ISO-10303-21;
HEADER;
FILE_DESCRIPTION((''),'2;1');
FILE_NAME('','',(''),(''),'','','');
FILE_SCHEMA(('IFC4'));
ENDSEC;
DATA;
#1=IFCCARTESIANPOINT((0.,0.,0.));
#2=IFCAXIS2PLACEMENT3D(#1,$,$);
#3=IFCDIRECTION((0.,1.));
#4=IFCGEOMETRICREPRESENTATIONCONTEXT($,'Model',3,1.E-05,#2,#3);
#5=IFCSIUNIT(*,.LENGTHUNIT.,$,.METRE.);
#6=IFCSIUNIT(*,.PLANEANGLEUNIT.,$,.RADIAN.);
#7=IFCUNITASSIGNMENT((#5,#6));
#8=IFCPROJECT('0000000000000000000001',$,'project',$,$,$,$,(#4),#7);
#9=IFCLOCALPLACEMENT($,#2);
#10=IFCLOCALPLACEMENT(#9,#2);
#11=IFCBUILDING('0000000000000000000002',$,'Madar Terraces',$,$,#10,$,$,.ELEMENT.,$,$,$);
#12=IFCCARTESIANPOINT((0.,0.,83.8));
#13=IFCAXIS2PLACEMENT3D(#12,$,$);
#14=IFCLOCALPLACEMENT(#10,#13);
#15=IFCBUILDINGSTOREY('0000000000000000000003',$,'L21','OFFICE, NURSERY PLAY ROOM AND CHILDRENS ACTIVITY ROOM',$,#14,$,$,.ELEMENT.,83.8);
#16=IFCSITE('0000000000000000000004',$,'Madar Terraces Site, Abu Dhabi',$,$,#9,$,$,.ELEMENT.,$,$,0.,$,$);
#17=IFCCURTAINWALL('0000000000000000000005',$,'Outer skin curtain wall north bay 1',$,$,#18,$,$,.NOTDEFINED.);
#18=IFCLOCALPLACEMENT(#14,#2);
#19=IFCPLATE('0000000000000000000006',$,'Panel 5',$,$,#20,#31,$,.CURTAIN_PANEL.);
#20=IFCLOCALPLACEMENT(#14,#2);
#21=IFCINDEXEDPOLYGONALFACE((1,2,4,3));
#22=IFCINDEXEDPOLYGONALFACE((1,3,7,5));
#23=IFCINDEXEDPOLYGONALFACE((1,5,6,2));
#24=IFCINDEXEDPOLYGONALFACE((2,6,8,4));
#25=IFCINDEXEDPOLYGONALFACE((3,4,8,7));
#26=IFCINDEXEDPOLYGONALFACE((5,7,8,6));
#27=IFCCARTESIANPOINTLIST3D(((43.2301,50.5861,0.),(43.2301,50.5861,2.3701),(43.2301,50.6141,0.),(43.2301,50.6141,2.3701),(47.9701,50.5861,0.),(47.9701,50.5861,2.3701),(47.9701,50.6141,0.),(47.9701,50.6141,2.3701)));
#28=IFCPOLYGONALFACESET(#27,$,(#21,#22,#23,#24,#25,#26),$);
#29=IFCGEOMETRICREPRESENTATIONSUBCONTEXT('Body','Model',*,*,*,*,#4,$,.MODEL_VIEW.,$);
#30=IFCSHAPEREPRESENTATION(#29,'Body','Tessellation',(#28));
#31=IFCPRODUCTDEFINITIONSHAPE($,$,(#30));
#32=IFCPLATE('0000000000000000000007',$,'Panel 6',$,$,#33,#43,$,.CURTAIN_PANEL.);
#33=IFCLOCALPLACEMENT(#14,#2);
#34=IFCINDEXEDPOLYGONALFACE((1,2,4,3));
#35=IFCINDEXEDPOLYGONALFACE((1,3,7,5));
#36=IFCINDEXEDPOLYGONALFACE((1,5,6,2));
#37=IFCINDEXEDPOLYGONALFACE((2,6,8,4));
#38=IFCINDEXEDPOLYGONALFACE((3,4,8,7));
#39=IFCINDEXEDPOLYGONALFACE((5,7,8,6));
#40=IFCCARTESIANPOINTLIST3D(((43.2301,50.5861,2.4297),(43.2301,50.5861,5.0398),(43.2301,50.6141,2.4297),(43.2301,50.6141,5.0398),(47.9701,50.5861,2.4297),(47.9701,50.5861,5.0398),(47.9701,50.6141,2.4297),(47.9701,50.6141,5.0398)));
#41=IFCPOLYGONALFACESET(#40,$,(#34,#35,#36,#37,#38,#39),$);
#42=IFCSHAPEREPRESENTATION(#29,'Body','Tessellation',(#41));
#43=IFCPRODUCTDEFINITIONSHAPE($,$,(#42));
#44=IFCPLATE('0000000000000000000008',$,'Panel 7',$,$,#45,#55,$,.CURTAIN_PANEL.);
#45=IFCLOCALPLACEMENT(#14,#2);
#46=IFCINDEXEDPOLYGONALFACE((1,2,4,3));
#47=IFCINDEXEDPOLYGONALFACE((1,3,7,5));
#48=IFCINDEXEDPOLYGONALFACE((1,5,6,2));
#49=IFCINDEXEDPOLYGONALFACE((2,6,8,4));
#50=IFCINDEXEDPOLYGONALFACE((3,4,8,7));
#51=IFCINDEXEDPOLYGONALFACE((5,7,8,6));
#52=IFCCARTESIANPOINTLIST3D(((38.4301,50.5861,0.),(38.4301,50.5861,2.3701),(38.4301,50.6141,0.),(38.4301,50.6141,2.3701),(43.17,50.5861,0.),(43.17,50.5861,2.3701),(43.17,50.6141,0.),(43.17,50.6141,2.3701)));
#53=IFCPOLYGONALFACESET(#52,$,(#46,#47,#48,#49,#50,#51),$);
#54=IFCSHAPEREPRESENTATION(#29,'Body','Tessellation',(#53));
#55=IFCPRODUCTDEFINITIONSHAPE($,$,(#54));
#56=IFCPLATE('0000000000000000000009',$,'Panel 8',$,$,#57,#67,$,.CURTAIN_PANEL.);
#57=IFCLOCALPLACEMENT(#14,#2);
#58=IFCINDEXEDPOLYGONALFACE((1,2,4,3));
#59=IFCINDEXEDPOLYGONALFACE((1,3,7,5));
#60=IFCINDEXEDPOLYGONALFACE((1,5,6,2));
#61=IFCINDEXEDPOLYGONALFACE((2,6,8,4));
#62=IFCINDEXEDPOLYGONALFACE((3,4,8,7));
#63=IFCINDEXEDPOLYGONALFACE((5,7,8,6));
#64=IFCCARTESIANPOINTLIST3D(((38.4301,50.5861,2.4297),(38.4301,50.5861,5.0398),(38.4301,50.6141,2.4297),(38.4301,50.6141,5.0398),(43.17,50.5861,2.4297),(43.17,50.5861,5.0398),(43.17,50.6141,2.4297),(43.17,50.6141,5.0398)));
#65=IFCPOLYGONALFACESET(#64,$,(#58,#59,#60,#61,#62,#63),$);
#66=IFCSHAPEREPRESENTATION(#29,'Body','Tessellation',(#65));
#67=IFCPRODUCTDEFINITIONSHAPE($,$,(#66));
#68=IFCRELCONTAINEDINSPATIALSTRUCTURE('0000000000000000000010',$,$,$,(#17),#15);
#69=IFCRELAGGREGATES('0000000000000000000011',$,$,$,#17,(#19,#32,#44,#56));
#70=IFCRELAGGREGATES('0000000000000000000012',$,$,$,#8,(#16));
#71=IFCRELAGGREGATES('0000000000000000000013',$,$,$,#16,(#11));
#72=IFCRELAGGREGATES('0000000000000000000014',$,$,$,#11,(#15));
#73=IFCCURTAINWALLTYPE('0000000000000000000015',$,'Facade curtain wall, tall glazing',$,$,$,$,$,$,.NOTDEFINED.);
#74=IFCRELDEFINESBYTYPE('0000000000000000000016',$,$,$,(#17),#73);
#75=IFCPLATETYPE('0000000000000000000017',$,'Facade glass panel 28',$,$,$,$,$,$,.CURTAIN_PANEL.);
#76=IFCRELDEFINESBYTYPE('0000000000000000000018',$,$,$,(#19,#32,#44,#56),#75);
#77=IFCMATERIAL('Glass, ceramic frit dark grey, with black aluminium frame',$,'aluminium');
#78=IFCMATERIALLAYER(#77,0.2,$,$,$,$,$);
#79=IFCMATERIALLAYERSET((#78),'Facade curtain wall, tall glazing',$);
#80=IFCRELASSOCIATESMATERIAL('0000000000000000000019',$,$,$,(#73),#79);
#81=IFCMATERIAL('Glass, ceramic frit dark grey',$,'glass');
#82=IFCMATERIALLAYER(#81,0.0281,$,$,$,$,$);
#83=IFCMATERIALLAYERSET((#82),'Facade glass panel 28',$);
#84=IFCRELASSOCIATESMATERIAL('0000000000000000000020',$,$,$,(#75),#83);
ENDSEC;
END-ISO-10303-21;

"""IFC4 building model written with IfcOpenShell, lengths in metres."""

from ifc_helpers import new_model, si_unit, direction, frame, origin, origin_2d, place, context, subcontext, project, spatial, rectangle, extrude, material, layer, layer_set, type_object, element, aggregate, save


model = new_model("IFC4")

# Units and contexts
model_context = context("Model", 3, precision=1e-05, world=origin(), true_north=direction((0.0, 1.0)))
body_context = subcontext(model_context, "Body", "Model", "MODEL_VIEW")
ifc_project = project(units=[si_unit("LENGTHUNIT", "METRE"), si_unit("PLANEANGLEUNIT", "RADIAN")], contexts=[model_context])

# Site, building, storey
site_placement = place(None, origin())
site = spatial("IfcSite", under=ifc_project, at=site_placement, Name="Madar Terraces Site, Abu Dhabi", CompositionType="ELEMENT", RefElevation=0.0)
building_placement = place(site_placement, origin())
building = spatial("IfcBuilding", under=site, at=building_placement, Name="Madar Terraces", CompositionType="ELEMENT")
storey_placement = place(building_placement, frame((0.0, 0.0, 83.8)))
storey = spatial("IfcBuildingStorey", under=building, at=storey_placement, Name="L21", Description="OFFICE, NURSERY PLAY ROOM AND CHILDRENS ACTIVITY ROOM", CompositionType="ELEMENT", Elevation=83.8)

# Curtain wall
ifc_material_1 = material(Name="Glass, ceramic frit dark grey, with black aluminium frame", Category="aluminium")
ifc_layer_1 = layer(ifc_material_1, 0.2)
ifc_layer_set_1 = layer_set([ifc_layer_1], Name="Facade curtain wall, tall glazing")
curtain_wall_type = type_object("IfcCurtainWallType", Name="Facade curtain wall, tall glazing", PredefinedType="NOTDEFINED", material=ifc_layer_set_1)
curtain_wall_placement = place(storey_placement, origin())
curtain_wall = element("IfcCurtainWall", 1, at=curtain_wall_placement, inside=storey, type_object=curtain_wall_type, Name="Outer skin curtain wall north bay 1", PredefinedType="NOTDEFINED")

# Plates
ifc_material_2 = material(Name="Glass, ceramic frit dark grey", Category="glass")
ifc_layer_2 = layer(ifc_material_2, 0.0281)
ifc_layer_set_2 = layer_set([ifc_layer_2], Name="Facade glass panel 28")
plate_type = type_object("IfcPlateType", Name="Facade glass panel 28", PredefinedType="CURTAIN_PANEL", material=ifc_layer_set_2)
plate_1_placement = place(storey_placement, frame((45.6001, 50.6001, 0.0), z_axis=(0.0, 0.0, 1.0), x_axis=(-1.0, 0.0, 0.0)))
plate_1 = element("IfcPlate", 2, at=plate_1_placement, type_object=plate_type, Name="Panel 5", PredefinedType="CURTAIN_PANEL", context=body_context, shape_type="SweptSolid", body=[
    extrude(rectangle(XDim=4.74, YDim=0.0281, at=origin_2d()), origin(), (0.0, 0.0, 1.0), 2.3701),
])
plate_2_placement = place(storey_placement, frame((45.6001, 50.6001, 2.4297), z_axis=(0.0, 0.0, 1.0), x_axis=(-1.0, 0.0, 0.0)))
plate_2 = element("IfcPlate", 3, at=plate_2_placement, type_object=plate_type, Name="Panel 6", PredefinedType="CURTAIN_PANEL", context=body_context, shape_type="SweptSolid", body=[
    extrude(rectangle(XDim=4.74, YDim=0.0281, at=origin_2d()), origin(), (0.0, 0.0, 1.0), 2.6101),
])
plate_3_placement = place(storey_placement, frame((40.8, 50.6001, 0.0), z_axis=(0.0, 0.0, 1.0), x_axis=(-1.0, 0.0, 0.0)))
plate_3 = element("IfcPlate", 4, at=plate_3_placement, type_object=plate_type, Name="Panel 7", PredefinedType="CURTAIN_PANEL", context=body_context, shape_type="SweptSolid", body=[
    extrude(rectangle(XDim=4.74, YDim=0.0281, at=origin_2d()), origin(), (0.0, 0.0, 1.0), 2.3701),
])
plate_4_placement = place(storey_placement, frame((40.8, 50.6001, 2.4297), z_axis=(0.0, 0.0, 1.0), x_axis=(-1.0, 0.0, 0.0)))
plate_4 = element("IfcPlate", 5, at=plate_4_placement, type_object=plate_type, Name="Panel 8", PredefinedType="CURTAIN_PANEL", context=body_context, shape_type="SweptSolid", body=[
    extrude(rectangle(XDim=4.74, YDim=0.0281, at=origin_2d()), origin(), (0.0, 0.0, 1.0), 2.6101),
])
aggregate(curtain_wall, [plate_1, plate_2, plate_3, plate_4])

save(model, "model.ifc")
